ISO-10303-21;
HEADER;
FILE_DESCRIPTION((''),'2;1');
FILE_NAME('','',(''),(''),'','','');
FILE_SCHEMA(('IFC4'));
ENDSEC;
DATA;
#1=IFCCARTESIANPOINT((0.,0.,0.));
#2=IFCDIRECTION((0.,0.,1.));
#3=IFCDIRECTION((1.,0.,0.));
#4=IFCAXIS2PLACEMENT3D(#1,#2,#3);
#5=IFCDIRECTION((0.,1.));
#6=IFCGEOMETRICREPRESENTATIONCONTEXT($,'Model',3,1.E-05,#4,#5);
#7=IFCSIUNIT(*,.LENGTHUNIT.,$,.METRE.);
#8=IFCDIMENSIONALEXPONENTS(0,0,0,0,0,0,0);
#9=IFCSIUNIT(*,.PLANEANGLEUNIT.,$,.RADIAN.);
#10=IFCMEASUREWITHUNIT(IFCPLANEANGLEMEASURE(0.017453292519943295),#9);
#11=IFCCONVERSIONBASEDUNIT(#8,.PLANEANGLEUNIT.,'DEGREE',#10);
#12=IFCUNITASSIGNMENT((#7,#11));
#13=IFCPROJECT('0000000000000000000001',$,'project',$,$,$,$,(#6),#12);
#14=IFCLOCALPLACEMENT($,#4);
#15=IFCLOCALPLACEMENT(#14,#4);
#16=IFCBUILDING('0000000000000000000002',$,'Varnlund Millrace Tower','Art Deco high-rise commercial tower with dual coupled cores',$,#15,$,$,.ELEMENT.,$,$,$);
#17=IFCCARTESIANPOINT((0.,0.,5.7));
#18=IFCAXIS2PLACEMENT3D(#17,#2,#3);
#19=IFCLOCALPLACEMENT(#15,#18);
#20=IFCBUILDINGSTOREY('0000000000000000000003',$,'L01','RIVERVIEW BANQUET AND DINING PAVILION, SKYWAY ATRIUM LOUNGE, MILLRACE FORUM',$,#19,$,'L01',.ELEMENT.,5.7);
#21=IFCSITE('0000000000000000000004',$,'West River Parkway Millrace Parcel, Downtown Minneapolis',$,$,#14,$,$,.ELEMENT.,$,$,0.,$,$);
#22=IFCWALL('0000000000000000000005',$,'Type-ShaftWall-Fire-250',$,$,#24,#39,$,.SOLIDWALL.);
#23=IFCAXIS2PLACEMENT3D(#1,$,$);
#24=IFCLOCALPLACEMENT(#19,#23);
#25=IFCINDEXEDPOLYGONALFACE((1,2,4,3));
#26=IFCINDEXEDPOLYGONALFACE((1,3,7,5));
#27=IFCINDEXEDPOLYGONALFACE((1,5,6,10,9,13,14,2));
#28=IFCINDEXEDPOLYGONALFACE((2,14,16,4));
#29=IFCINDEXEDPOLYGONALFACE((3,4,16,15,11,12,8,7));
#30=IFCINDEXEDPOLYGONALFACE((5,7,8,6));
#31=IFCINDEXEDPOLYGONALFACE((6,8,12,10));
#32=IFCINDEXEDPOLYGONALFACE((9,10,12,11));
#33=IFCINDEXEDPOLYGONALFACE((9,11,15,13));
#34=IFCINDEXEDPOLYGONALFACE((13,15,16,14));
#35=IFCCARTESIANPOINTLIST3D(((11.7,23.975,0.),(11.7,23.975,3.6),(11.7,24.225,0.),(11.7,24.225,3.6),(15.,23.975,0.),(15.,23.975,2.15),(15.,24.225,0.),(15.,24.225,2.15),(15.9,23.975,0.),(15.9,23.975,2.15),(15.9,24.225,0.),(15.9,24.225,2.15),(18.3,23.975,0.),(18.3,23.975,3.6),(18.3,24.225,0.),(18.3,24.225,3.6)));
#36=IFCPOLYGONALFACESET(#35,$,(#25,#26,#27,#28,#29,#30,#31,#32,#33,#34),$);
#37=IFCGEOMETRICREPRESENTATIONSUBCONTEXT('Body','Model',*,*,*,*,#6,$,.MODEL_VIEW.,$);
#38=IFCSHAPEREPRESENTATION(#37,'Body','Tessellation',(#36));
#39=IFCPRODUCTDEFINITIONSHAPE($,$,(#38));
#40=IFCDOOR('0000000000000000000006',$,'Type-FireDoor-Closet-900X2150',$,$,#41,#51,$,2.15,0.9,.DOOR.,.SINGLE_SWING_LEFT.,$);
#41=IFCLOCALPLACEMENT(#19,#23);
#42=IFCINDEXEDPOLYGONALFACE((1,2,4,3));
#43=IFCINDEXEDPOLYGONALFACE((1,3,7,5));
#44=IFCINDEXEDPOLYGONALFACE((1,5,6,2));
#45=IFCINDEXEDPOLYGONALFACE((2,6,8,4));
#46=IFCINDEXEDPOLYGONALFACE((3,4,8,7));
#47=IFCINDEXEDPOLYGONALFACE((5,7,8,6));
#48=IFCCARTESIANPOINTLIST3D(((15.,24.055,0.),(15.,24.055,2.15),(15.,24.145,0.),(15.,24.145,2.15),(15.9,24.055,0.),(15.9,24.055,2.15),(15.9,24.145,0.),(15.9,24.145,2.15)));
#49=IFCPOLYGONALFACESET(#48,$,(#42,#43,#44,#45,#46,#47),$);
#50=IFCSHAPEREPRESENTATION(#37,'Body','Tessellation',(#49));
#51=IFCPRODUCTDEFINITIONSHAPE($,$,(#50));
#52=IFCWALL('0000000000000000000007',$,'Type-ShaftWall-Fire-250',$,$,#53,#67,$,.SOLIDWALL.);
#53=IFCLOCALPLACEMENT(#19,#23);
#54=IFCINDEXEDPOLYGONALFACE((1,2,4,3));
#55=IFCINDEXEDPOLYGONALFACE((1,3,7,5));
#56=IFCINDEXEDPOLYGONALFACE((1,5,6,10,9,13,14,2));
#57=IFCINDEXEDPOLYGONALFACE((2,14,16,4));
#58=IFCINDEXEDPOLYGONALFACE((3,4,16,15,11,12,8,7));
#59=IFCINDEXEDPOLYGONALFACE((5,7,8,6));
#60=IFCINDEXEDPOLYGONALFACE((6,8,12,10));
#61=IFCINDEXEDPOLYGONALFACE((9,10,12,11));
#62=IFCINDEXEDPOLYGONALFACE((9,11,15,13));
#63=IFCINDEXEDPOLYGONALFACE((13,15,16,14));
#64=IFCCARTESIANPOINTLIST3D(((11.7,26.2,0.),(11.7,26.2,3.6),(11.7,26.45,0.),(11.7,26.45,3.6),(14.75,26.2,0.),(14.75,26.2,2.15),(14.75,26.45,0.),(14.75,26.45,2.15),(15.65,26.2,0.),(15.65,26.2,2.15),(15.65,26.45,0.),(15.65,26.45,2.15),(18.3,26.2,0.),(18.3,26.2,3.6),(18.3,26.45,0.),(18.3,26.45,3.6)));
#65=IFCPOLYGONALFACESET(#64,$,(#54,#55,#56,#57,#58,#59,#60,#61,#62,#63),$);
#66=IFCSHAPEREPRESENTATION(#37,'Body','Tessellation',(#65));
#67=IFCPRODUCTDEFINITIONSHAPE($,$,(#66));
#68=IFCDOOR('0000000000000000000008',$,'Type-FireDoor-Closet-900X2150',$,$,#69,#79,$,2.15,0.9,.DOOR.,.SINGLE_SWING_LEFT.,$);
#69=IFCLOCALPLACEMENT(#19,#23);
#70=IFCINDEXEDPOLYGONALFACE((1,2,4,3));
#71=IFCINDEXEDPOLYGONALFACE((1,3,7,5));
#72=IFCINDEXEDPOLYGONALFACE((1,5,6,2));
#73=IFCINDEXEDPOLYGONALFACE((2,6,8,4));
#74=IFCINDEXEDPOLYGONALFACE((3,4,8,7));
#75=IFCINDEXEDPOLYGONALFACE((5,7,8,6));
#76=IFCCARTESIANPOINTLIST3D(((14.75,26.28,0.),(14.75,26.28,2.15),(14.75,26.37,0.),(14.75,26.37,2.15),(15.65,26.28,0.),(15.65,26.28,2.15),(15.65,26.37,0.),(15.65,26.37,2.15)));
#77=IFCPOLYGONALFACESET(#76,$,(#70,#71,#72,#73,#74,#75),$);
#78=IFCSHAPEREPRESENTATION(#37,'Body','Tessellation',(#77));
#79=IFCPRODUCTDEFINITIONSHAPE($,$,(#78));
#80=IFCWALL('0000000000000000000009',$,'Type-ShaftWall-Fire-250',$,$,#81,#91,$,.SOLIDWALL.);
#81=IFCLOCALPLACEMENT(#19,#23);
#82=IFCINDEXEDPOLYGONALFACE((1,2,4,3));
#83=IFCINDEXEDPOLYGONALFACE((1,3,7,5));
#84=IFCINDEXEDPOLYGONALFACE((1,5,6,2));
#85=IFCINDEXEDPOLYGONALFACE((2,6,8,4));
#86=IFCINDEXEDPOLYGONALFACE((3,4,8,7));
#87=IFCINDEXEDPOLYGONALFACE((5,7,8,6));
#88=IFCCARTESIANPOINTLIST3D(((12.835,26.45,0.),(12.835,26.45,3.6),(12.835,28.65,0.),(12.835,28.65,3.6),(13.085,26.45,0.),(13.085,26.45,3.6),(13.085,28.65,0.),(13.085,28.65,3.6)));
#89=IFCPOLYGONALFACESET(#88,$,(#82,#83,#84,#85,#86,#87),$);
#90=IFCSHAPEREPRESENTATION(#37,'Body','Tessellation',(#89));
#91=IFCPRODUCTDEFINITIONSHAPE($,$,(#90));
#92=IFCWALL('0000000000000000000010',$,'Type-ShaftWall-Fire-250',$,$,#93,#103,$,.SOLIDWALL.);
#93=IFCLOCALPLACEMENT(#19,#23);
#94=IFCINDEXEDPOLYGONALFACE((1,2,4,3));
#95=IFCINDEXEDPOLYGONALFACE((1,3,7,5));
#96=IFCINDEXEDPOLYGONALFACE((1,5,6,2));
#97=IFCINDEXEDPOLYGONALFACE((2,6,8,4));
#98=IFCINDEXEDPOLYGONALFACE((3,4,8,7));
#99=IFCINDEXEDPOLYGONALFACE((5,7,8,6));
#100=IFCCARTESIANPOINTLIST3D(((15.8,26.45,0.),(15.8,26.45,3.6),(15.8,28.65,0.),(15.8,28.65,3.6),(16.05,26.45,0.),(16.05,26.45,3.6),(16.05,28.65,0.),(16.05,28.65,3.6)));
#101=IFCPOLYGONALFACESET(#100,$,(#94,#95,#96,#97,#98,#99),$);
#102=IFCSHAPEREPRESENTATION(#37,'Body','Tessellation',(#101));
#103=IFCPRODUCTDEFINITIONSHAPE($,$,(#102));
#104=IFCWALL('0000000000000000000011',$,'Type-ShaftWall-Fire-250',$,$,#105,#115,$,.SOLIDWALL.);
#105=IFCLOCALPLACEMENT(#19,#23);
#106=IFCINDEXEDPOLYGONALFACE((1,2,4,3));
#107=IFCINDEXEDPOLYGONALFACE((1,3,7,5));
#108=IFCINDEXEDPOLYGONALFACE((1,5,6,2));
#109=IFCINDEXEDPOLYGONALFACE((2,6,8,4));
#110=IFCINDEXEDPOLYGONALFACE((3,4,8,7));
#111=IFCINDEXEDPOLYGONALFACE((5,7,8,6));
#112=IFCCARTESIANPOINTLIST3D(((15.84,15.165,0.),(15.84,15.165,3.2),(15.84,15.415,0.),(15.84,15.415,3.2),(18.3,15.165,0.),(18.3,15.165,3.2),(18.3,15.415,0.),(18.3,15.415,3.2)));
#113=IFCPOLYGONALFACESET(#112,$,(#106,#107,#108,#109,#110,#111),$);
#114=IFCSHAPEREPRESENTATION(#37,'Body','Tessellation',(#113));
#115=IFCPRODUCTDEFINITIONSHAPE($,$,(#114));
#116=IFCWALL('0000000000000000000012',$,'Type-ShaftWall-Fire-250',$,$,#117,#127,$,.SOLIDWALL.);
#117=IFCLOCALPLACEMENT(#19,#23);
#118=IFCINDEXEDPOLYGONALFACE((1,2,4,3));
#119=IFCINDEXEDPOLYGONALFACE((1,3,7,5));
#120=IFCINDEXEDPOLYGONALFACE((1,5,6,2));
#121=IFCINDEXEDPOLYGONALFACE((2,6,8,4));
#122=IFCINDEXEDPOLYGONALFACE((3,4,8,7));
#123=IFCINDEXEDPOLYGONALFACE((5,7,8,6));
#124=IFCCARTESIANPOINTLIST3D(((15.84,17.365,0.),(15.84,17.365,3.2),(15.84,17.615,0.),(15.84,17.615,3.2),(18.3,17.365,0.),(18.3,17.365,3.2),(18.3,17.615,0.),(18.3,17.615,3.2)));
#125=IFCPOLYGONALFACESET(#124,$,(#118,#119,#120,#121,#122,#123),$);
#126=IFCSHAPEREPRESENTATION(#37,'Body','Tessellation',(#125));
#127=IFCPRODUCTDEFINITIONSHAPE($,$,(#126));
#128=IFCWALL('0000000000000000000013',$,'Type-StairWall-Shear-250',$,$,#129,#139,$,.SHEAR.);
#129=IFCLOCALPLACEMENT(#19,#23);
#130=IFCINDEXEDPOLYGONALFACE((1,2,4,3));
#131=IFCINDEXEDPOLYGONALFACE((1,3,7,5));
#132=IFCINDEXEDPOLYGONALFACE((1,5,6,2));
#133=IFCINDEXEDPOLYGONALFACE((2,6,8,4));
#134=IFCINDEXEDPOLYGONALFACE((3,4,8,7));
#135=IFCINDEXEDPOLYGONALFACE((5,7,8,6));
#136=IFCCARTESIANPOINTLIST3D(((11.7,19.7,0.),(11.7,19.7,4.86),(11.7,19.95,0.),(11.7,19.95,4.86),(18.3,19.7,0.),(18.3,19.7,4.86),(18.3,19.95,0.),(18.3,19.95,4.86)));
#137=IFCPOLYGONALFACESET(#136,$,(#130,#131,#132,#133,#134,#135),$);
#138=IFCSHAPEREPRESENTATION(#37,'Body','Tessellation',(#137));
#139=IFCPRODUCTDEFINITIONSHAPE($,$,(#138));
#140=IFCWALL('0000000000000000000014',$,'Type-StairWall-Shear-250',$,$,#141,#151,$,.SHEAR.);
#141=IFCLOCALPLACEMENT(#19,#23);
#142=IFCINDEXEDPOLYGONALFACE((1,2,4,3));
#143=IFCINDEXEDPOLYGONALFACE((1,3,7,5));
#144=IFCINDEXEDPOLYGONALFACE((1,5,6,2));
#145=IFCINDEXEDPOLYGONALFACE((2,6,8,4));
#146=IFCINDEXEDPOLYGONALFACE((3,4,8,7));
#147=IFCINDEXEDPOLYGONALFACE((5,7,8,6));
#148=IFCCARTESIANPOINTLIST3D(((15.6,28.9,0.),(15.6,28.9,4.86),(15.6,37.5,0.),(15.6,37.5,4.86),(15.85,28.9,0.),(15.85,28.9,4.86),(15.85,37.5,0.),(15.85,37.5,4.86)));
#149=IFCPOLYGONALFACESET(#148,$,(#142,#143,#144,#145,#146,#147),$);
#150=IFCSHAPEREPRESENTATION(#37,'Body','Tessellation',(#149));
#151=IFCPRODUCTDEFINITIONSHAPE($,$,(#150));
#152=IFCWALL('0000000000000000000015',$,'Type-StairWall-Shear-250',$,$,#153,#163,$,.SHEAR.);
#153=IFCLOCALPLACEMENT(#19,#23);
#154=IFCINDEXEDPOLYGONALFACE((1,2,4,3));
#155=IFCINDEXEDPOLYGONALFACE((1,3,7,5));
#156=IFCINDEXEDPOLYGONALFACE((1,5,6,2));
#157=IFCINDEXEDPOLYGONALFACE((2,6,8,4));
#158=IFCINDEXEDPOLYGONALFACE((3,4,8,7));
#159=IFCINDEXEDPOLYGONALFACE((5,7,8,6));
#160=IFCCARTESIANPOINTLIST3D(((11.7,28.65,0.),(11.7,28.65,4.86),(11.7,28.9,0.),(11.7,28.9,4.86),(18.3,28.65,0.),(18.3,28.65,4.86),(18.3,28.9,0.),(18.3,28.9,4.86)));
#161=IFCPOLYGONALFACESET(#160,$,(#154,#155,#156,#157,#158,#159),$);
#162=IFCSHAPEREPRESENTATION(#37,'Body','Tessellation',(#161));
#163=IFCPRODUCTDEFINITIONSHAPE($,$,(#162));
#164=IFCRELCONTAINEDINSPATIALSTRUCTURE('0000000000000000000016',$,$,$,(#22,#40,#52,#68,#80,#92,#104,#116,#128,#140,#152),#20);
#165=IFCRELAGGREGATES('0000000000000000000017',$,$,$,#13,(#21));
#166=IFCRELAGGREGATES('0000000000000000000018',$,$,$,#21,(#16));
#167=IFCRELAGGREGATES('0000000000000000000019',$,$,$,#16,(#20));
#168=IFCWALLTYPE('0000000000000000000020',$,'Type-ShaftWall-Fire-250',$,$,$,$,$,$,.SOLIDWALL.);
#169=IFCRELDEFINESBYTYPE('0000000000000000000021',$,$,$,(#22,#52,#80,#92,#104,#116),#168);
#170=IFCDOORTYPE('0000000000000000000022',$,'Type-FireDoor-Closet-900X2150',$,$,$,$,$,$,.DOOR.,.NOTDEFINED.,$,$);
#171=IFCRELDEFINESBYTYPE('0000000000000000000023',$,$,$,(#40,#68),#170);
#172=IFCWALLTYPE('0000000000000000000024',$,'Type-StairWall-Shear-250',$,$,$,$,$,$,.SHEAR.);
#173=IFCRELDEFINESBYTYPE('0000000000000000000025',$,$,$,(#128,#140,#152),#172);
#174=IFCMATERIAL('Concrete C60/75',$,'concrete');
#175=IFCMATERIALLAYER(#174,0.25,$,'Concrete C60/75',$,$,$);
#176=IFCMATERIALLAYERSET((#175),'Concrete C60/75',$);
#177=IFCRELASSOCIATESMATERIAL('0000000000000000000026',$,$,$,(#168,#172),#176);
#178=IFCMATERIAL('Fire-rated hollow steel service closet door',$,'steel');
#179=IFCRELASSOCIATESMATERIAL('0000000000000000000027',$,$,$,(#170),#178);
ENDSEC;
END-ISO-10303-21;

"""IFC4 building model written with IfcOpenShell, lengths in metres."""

from ifc_helpers import new_model, entity, si_unit, converted_unit, direction, frame, origin_with_axes, origin_2d_with_axis, place, context, subcontext, project, spatial, polyline, rectangle, outline, extrude, material, layer, layer_set, type_object, element, fill, save


model = new_model("IFC4")

# Units and contexts
model_context = context("Model", 3, precision=1e-05, world=origin_with_axes(), true_north=direction((0.0, 1.0)))
body_context = subcontext(model_context, "Body", "Model", "MODEL_VIEW")
ifc_project = project(units=[si_unit("LENGTHUNIT", "METRE"), converted_unit("PLANEANGLEUNIT", "DEGREE", entity("IfcPlaneAngleMeasure", 0.017453292519943295), si_unit("PLANEANGLEUNIT", "RADIAN"), dimensions=[0, 0, 0, 0, 0, 0, 0])], contexts=[model_context])

# Site, building, storey
site_placement = place(None, origin_with_axes())
site = spatial("IfcSite", under=ifc_project, at=site_placement, Name="West River Parkway Millrace Parcel, Downtown Minneapolis", CompositionType="ELEMENT", RefElevation=0.0)
building_placement = place(site_placement, origin_with_axes())
building = spatial("IfcBuilding", under=site, at=building_placement, Name="Varnlund Millrace Tower", Description="Art Deco high-rise commercial tower with dual coupled cores", CompositionType="ELEMENT")
storey_placement = place(building_placement, frame((0.0, 0.0, 5.7), z_axis=(0.0, 0.0, 1.0), x_axis=(1.0, 0.0, 0.0)))
storey = spatial("IfcBuildingStorey", under=building, at=storey_placement, Name="L01", Description="RIVERVIEW BANQUET AND DINING PAVILION, SKYWAY ATRIUM LOUNGE, MILLRACE FORUM", LongName="L01", CompositionType="ELEMENT", Elevation=5.7)

# Shared definitions
ifc_material_1 = material(Name="Concrete C60/75", Category="concrete")
ifc_layer = layer(ifc_material_1, 0.25, Name="Concrete C60/75")
ifc_layer_set = layer_set([ifc_layer], Name="Concrete C60/75")
wall_type_1 = type_object("IfcWallType", Name="Type-ShaftWall-Fire-250", PredefinedType="SOLIDWALL", material=ifc_layer_set)

# Walls, openings, doors
wall_1_placement = place(storey_placement, frame((11.7, 24.1, 0.0), z_axis=(0.0, 0.0, 1.0), x_axis=(1.0, 0.0, 0.0)))
wall_1 = element("IfcWall", 1, at=wall_1_placement, inside=storey, type_object=wall_type_1, Name="Type-ShaftWall-Fire-250", PredefinedType="SOLIDWALL", context=body_context, shape_type="SweptSolid", body=[
    extrude(outline(polyline([(0.0, -0.125), (6.6, -0.125), (6.6, 0.125), (0.0, 0.125), (0.0, -0.125)])), origin_with_axes(), (0.0, 0.0, 1.0), 3.6),
])
opening_1_placement = place(wall_1_placement, frame((3.75, 0.0, 0.0), z_axis=(0.0, 0.0, 1.0), x_axis=(1.0, 0.0, 0.0)))
opening_1 = element("IfcOpeningElement", 2, at=opening_1_placement, cuts=wall_1, PredefinedType="OPENING", context=body_context, shape_type="SweptSolid", body=[
    extrude(rectangle(XDim=0.9, YDim=0.27, at=origin_2d_with_axis()), origin_with_axes(), (0.0, 0.0, 1.0), 2.15),
])
ifc_material_2 = material(Name="Fire-rated hollow steel service closet door", Category="steel")
door_type_1 = type_object("IfcDoorType", Name="Type-FireDoor-Closet-900X2150", OperationType="NOTDEFINED", PredefinedType="DOOR", material=ifc_material_2)
door_1_placement = place(wall_1_placement, frame((3.75, 0.0, 0.0), z_axis=(0.0, 0.0, 1.0), x_axis=(1.0, 0.0, 0.0)))
door_1 = element("IfcDoor", 3, at=door_1_placement, inside=storey, type_object=door_type_1, Name="Type-FireDoor-Closet-900X2150", OperationType="SINGLE_SWING_LEFT", OverallHeight=2.15, OverallWidth=0.9, PredefinedType="DOOR", context=body_context, shape_type="SweptSolid", body=[
    extrude(rectangle(XDim=0.9, YDim=0.09, at=origin_2d_with_axis()), origin_with_axes(), (0.0, 0.0, 1.0), 2.15),
])
fill(opening_1, door_1)
wall_2_placement = place(storey_placement, frame((11.7, 26.325, 0.0), z_axis=(0.0, 0.0, 1.0), x_axis=(1.0, 0.0, 0.0)))
wall_2 = element("IfcWall", 4, at=wall_2_placement, inside=storey, type_object=wall_type_1, Name="Type-ShaftWall-Fire-250", PredefinedType="SOLIDWALL", context=body_context, shape_type="SweptSolid", body=[
    extrude(outline(polyline([(0.0, -0.125), (6.6, -0.125), (6.6, 0.125), (0.0, 0.125), (0.0, -0.125)])), origin_with_axes(), (0.0, 0.0, 1.0), 3.6),
])
opening_2_placement = place(wall_2_placement, frame((3.5, 0.0, 0.0), z_axis=(0.0, 0.0, 1.0), x_axis=(1.0, 0.0, 0.0)))
opening_2 = element("IfcOpeningElement", 5, at=opening_2_placement, cuts=wall_2, PredefinedType="OPENING", context=body_context, shape_type="SweptSolid", body=[
    extrude(rectangle(XDim=0.9, YDim=0.27, at=origin_2d_with_axis()), origin_with_axes(), (0.0, 0.0, 1.0), 2.15),
])
door_2_placement = place(wall_2_placement, frame((3.5, 0.0, 0.0), z_axis=(0.0, 0.0, 1.0), x_axis=(1.0, 0.0, 0.0)))
door_2 = element("IfcDoor", 6, at=door_2_placement, inside=storey, type_object=door_type_1, Name="Type-FireDoor-Closet-900X2150", OperationType="SINGLE_SWING_LEFT", OverallHeight=2.15, OverallWidth=0.9, PredefinedType="DOOR", context=body_context, shape_type="SweptSolid", body=[
    extrude(rectangle(XDim=0.9, YDim=0.09, at=origin_2d_with_axis()), origin_with_axes(), (0.0, 0.0, 1.0), 2.15),
])
fill(opening_2, door_2)

# Walls
for number, where, z_axis, x_axis, name in (
    (7, (12.96, 26.45, 0.0), (0.0, 0.0, 1.0), (0.0, 1.0, 0.0), "Type-ShaftWall-Fire-250"),
    (8, (15.925, 26.45, 0.0), (0.0, 0.0, 1.0), (0.0, 1.0, 0.0), "Type-ShaftWall-Fire-250"),
):
    element("IfcWall", number, at=place(storey_placement, frame(where, z_axis=z_axis, x_axis=x_axis)), inside=storey, type_object=wall_type_1, Name=name, PredefinedType="SOLIDWALL", context=body_context, shape_type="SweptSolid", body=[
        extrude(outline(polyline([(0.0, -0.125), (2.2, -0.125), (2.2, 0.125), (0.0, 0.125), (0.0, -0.125)])), origin_with_axes(), (0.0, 0.0, 1.0), 3.6),
    ])
for number, where, z_axis, x_axis, name in (
    (9, (15.84, 15.29, 0.0), (0.0, 0.0, 1.0), (1.0, 0.0, 0.0), "Type-ShaftWall-Fire-250"),
    (10, (15.84, 17.49, 0.0), (0.0, 0.0, 1.0), (1.0, 0.0, 0.0), "Type-ShaftWall-Fire-250"),
):
    element("IfcWall", number, at=place(storey_placement, frame(where, z_axis=z_axis, x_axis=x_axis)), inside=storey, type_object=wall_type_1, Name=name, PredefinedType="SOLIDWALL", context=body_context, shape_type="SweptSolid", body=[
        extrude(outline(polyline([(0.0, -0.125), (2.46, -0.125), (2.46, 0.125), (0.0, 0.125), (0.0, -0.125)])), origin_with_axes(), (0.0, 0.0, 1.0), 3.2),
    ])
wall_type_2 = type_object("IfcWallType", Name="Type-StairWall-Shear-250", PredefinedType="SHEAR", material=ifc_layer_set)
wall_3_placement = place(storey_placement, frame((11.7, 19.825, 0.0), z_axis=(0.0, 0.0, 1.0), x_axis=(1.0, 0.0, 0.0)))
element("IfcWall", 11, at=wall_3_placement, inside=storey, type_object=wall_type_2, Name="Type-StairWall-Shear-250", PredefinedType="SHEAR", context=body_context, shape_type="SweptSolid", body=[
    extrude(outline(polyline([(0.0, -0.125), (6.6, -0.125), (6.6, 0.125), (0.0, 0.125), (0.0, -0.125)])), origin_with_axes(), (0.0, 0.0, 1.0), 4.86),
])
wall_4_placement = place(storey_placement, frame((15.725, 28.9, 0.0), z_axis=(0.0, 0.0, 1.0), x_axis=(0.0, 1.0, 0.0)))
element("IfcWall", 12, at=wall_4_placement, inside=storey, type_object=wall_type_2, Name="Type-StairWall-Shear-250", PredefinedType="SHEAR", context=body_context, shape_type="SweptSolid", body=[
    extrude(outline(polyline([(0.0, -0.125), (8.6, -0.125), (8.6, 0.125), (0.0, 0.125), (0.0, -0.125)])), origin_with_axes(), (0.0, 0.0, 1.0), 4.86),
])
wall_5_placement = place(storey_placement, frame((11.7, 28.775, 0.0), z_axis=(0.0, 0.0, 1.0), x_axis=(1.0, 0.0, 0.0)))
element("IfcWall", 13, at=wall_5_placement, inside=storey, type_object=wall_type_2, Name="Type-StairWall-Shear-250", PredefinedType="SHEAR", context=body_context, shape_type="SweptSolid", body=[
    extrude(outline(polyline([(0.0, -0.125), (6.6, -0.125), (6.6, 0.125), (0.0, 0.125), (0.0, -0.125)])), origin_with_axes(), (0.0, 0.0, 1.0), 4.86),
])

save(model, "model.ifc")
